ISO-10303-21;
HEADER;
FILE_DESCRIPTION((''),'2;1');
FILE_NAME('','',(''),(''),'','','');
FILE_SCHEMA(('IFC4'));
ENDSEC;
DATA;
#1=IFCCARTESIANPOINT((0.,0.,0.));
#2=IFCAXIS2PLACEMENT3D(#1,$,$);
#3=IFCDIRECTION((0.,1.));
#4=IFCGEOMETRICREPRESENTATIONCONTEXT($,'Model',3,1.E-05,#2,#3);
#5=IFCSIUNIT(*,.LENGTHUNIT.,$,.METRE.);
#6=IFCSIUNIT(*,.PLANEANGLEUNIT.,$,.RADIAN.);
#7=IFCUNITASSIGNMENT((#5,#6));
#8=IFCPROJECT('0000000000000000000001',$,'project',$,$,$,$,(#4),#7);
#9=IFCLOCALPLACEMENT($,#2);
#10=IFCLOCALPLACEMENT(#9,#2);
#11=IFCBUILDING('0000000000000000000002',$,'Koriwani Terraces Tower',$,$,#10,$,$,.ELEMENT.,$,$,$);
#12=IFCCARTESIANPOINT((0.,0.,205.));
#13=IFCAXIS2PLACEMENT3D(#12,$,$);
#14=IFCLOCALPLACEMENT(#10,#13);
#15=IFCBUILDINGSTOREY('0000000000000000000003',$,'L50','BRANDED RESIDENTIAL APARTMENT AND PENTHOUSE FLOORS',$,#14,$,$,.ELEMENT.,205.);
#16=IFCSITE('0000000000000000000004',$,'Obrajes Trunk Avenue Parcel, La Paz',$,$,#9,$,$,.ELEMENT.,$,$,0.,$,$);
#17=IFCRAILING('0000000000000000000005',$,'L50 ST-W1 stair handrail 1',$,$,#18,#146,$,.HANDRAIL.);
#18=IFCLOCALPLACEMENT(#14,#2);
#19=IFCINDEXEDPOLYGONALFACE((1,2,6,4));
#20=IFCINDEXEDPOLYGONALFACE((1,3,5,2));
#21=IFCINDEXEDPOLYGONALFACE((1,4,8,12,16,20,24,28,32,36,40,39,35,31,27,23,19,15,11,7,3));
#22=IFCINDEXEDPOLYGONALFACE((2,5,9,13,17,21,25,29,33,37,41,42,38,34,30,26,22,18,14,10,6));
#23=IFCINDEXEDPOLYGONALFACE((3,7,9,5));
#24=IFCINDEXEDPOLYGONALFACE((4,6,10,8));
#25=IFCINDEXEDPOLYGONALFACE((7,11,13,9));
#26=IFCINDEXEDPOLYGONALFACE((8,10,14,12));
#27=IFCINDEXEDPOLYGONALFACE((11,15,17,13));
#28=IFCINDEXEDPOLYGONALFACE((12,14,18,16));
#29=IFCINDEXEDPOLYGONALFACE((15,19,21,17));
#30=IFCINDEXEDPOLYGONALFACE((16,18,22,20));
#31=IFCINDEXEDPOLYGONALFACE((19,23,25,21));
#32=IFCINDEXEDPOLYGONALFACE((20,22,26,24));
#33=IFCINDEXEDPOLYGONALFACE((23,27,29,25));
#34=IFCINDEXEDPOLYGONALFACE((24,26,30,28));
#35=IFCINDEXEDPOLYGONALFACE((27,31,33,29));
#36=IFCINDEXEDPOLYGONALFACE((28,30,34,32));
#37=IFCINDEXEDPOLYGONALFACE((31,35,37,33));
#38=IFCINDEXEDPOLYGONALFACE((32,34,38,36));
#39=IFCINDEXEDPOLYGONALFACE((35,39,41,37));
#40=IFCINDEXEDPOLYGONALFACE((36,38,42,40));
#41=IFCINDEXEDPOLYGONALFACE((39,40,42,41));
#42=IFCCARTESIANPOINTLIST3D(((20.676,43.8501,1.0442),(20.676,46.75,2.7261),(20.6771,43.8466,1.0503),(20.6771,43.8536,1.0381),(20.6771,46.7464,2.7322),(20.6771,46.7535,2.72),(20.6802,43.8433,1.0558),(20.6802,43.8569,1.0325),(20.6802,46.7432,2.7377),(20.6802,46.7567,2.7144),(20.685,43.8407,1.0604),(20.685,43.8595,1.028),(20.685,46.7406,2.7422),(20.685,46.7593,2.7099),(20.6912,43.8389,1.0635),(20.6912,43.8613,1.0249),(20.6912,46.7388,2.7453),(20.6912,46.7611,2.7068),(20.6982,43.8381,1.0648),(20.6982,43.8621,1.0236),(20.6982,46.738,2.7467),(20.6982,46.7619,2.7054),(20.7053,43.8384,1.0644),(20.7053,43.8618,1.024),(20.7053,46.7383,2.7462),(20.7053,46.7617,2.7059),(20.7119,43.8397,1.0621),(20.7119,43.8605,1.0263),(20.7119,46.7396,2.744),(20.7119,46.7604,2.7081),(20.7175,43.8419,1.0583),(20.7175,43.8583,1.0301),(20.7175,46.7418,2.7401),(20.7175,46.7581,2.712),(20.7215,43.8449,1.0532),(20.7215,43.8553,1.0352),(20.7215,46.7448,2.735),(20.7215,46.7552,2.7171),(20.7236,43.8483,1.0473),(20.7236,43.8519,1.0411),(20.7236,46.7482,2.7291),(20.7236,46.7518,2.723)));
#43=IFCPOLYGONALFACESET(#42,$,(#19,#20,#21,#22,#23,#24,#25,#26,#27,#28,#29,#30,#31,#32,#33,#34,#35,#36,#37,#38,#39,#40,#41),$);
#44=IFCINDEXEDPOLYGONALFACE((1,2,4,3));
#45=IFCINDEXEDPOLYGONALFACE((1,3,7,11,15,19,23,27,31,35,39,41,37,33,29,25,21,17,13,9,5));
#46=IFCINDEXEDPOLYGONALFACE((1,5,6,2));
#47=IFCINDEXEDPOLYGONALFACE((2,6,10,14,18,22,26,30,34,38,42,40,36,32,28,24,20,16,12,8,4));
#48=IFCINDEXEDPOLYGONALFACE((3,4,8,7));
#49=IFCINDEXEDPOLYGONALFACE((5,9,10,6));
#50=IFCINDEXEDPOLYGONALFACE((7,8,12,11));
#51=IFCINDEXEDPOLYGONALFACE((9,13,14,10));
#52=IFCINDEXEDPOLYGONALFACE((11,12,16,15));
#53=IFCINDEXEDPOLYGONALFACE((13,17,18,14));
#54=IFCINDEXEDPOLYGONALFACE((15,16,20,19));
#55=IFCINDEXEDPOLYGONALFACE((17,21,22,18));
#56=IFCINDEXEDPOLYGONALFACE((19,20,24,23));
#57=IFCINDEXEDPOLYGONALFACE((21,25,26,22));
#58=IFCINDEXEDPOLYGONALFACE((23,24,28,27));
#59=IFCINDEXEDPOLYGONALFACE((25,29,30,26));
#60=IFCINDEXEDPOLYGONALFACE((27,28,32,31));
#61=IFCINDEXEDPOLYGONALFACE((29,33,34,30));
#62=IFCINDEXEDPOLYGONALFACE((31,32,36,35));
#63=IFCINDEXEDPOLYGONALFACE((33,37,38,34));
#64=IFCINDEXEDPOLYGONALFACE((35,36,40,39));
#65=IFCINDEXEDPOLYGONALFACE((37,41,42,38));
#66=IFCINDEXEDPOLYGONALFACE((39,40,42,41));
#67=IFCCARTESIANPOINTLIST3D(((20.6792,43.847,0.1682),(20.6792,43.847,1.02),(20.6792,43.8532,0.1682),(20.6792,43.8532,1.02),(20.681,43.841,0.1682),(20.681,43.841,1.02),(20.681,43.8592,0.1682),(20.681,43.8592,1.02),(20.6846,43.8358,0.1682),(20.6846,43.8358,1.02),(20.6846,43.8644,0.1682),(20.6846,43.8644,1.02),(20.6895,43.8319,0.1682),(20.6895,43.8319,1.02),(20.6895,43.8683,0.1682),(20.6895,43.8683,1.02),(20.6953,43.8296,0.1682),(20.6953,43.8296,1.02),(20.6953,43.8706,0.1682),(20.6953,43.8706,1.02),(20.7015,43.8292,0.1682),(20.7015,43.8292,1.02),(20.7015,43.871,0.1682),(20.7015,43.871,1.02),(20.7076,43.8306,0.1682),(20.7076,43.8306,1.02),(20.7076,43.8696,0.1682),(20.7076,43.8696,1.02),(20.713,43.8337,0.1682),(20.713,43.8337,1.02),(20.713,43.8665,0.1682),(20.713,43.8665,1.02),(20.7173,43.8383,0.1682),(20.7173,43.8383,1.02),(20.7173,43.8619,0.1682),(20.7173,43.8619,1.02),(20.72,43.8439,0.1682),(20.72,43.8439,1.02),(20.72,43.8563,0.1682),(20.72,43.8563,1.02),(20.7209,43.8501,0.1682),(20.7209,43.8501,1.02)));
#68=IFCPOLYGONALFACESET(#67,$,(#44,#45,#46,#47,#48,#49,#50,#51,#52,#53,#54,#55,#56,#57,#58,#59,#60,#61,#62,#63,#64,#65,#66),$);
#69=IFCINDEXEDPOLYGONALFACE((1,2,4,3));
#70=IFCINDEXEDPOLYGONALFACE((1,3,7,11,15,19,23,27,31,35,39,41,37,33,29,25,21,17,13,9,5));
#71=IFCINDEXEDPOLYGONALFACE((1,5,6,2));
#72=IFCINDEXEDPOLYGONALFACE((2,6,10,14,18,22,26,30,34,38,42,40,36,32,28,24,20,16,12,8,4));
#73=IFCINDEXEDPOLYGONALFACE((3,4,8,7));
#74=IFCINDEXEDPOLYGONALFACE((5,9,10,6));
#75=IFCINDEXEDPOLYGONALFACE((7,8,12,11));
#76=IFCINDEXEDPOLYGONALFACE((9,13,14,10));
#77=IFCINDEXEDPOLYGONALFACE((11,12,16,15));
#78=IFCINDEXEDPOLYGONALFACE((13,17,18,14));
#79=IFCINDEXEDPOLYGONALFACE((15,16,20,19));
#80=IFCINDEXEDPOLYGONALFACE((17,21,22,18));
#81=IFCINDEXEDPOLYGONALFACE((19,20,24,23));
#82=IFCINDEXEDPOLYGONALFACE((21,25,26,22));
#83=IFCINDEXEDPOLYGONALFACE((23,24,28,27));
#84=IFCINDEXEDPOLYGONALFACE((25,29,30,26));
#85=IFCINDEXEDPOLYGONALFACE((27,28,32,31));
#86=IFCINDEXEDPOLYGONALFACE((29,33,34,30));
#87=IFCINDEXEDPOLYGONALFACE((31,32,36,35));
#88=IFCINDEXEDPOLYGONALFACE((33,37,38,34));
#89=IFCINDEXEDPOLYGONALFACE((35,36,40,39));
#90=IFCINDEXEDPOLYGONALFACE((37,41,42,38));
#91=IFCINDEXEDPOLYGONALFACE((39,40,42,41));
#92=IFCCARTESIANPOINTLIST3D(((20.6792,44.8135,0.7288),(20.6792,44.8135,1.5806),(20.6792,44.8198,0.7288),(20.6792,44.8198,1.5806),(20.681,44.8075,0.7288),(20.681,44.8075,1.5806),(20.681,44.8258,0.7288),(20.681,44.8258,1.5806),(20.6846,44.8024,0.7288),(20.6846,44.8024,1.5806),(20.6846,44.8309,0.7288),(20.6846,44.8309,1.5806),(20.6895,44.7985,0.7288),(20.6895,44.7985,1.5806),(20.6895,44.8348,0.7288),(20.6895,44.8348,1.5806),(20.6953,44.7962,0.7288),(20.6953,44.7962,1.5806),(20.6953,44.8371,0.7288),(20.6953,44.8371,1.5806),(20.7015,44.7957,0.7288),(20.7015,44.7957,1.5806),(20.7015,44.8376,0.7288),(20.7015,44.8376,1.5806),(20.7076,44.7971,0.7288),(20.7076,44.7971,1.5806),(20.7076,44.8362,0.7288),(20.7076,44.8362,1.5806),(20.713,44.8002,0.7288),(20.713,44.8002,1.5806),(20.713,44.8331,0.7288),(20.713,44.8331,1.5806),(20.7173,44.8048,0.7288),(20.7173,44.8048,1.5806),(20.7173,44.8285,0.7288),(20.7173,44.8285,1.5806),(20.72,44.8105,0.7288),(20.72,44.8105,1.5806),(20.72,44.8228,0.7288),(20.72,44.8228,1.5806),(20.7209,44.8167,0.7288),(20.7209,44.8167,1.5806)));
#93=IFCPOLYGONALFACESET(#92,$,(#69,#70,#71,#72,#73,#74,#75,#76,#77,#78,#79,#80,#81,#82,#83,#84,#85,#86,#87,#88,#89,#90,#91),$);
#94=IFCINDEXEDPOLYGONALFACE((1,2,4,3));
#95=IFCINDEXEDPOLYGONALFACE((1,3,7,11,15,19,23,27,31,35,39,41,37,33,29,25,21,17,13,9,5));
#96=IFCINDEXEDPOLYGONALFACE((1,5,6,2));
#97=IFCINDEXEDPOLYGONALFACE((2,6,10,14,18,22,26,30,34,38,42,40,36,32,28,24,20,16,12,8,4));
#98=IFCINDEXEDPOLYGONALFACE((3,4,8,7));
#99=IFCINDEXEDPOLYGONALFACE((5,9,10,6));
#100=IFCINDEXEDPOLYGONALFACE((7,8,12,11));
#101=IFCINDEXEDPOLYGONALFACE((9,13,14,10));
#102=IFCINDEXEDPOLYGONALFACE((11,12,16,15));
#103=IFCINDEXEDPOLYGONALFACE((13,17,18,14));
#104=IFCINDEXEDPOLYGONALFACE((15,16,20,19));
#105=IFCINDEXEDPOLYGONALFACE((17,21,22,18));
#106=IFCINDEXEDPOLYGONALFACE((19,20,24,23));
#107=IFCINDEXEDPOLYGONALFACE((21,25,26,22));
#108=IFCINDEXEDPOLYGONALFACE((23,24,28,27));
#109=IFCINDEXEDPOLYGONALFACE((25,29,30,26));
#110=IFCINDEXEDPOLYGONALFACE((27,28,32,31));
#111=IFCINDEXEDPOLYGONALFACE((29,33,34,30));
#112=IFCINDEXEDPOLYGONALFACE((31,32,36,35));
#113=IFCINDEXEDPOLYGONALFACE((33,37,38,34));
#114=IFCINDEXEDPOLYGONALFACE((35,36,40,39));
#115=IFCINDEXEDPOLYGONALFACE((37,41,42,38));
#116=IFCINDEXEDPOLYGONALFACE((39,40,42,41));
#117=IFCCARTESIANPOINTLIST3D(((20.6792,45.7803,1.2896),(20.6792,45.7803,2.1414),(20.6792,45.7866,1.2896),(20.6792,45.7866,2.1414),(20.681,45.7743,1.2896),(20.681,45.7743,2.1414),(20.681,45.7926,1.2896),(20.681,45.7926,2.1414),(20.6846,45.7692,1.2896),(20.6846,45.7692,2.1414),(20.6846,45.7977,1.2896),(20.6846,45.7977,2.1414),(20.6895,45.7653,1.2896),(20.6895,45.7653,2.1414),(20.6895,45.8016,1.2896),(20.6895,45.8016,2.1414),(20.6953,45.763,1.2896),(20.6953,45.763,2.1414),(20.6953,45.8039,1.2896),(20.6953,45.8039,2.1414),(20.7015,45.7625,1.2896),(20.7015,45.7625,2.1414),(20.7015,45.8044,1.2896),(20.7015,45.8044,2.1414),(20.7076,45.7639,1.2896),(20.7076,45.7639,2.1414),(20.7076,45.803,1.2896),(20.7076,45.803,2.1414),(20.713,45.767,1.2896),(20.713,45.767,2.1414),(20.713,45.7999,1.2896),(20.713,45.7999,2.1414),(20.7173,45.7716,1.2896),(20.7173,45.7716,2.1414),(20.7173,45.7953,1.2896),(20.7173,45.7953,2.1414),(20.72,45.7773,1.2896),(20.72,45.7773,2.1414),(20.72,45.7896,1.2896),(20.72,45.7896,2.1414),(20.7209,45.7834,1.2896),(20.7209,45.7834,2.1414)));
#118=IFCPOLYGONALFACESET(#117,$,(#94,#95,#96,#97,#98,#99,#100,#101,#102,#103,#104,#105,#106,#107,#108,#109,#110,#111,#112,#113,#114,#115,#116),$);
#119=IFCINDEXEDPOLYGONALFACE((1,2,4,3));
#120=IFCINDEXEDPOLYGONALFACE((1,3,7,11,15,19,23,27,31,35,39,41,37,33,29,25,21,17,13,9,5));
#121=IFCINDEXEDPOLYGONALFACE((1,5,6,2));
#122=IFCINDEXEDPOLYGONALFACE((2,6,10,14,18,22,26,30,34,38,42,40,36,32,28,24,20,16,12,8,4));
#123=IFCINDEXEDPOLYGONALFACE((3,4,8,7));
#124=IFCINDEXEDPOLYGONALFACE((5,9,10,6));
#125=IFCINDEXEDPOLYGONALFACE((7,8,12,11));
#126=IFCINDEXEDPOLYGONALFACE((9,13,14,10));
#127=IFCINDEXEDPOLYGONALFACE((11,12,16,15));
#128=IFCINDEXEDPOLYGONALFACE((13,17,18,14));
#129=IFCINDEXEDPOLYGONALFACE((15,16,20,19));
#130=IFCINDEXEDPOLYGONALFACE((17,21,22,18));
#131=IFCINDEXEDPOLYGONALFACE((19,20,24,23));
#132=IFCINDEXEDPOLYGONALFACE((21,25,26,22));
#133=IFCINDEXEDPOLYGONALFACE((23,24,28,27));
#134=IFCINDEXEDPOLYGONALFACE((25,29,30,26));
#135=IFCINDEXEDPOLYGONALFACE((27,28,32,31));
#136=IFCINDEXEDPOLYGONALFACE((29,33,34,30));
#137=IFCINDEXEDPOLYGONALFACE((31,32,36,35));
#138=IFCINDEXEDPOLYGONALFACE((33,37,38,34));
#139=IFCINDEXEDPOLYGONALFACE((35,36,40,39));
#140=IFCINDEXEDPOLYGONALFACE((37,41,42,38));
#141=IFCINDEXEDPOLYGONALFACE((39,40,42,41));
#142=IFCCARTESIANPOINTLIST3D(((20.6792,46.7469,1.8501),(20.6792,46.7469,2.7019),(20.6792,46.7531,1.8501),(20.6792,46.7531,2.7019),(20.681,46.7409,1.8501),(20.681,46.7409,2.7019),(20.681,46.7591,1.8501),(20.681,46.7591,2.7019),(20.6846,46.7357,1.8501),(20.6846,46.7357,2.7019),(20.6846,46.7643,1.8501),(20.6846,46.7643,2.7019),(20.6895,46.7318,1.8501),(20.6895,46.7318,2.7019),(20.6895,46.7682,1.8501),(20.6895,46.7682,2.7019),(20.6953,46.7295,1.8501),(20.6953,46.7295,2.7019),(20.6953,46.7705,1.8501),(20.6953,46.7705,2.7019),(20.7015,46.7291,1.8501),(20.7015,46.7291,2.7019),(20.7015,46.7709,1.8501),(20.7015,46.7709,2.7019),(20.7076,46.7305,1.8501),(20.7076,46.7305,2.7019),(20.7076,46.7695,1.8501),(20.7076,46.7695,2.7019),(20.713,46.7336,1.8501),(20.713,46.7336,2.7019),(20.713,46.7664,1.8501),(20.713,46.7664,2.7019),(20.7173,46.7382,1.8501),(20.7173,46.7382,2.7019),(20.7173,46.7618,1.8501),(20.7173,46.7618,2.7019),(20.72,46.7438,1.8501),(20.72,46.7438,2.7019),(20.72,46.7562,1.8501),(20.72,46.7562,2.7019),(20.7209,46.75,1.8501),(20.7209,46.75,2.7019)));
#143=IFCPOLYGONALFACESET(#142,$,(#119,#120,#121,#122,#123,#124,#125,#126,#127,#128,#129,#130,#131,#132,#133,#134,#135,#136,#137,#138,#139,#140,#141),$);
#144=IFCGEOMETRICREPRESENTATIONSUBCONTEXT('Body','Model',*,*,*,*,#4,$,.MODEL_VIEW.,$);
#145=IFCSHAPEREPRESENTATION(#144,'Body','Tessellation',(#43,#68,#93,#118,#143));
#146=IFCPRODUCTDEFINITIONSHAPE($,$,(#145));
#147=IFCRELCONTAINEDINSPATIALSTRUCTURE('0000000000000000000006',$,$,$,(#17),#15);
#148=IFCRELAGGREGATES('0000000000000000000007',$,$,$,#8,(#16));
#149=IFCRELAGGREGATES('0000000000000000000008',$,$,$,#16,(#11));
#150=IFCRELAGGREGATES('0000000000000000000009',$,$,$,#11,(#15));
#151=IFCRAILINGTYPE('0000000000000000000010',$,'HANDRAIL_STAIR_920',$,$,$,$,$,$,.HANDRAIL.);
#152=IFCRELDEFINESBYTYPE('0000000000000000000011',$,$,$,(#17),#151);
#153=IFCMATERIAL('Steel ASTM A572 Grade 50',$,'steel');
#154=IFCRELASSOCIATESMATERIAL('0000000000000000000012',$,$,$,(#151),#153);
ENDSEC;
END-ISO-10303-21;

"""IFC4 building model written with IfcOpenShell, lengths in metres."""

from ifc_helpers import new_model, si_unit, direction, frame, origin, origin_2d, place, context, subcontext, project, spatial, circle, extrude, material, type_object, element, save


model = new_model("IFC4")

# Units and contexts
model_context = context("Model", 3, precision=1e-05, world=origin(), true_north=direction((0.0, 1.0)))
body_context = subcontext(model_context, "Body", "Model", "MODEL_VIEW")
ifc_project = project(units=[si_unit("LENGTHUNIT", "METRE"), si_unit("PLANEANGLEUNIT", "RADIAN")], contexts=[model_context])

# Site, building, storey
site_placement = place(None, origin())
site = spatial("IfcSite", under=ifc_project, at=site_placement, Name="Obrajes Trunk Avenue Parcel, La Paz", CompositionType="ELEMENT", RefElevation=0.0)
building_placement = place(site_placement, origin())
building = spatial("IfcBuilding", under=site, at=building_placement, Name="Koriwani Terraces Tower", CompositionType="ELEMENT")
storey_placement = place(building_placement, frame((0.0, 0.0, 205.0)))
storey = spatial("IfcBuildingStorey", under=building, at=storey_placement, Name="L50", Description="BRANDED RESIDENTIAL APARTMENT AND PENTHOUSE FLOORS", CompositionType="ELEMENT", Elevation=205.0)

# Shared definitions
ifc_material_1 = material(Name="Steel ASTM A572 Grade 50", Category="steel")

# Railing
railing_type_1 = type_object("IfcRailingType", Name="HANDRAIL_STAIR_920", PredefinedType="HANDRAIL", material=ifc_material_1)
railing_1_placement = place(storey_placement, frame((20.7, 43.8501, 0.1682)))
element("IfcRailing", 1, at=railing_1_placement, inside=storey, type_object=railing_type_1, Name="L50 ST-W1 stair handrail 1", PredefinedType="HANDRAIL", context=body_context, shape_type="SweptSolid", body=[
    extrude(circle(Radius=0.0239, at=origin_2d()), frame((0.0, 0.0, 0.876), z_axis=(0.0, 0.865039, 0.501705), x_axis=(-1.0, 0.0, 0.0)), (0.0, 0.0, 1.0), 3.3523),
    extrude(circle(Radius=0.021, at=origin_2d()), origin(), (0.0, 0.0, 1.0), 0.8518),
    extrude(circle(Radius=0.021, at=origin_2d()), frame((0.0, 0.9666, 0.5605)), (0.0, 0.0, 1.0), 0.8518),
    extrude(circle(Radius=0.021, at=origin_2d()), frame((0.0, 1.9333, 1.1213)), (0.0, 0.0, 1.0), 0.8518),
    extrude(circle(Radius=0.021, at=origin_2d()), frame((0.0, 2.8999, 1.6819)), (0.0, 0.0, 1.0), 0.8518),
])

save(model, "model.ifc")
